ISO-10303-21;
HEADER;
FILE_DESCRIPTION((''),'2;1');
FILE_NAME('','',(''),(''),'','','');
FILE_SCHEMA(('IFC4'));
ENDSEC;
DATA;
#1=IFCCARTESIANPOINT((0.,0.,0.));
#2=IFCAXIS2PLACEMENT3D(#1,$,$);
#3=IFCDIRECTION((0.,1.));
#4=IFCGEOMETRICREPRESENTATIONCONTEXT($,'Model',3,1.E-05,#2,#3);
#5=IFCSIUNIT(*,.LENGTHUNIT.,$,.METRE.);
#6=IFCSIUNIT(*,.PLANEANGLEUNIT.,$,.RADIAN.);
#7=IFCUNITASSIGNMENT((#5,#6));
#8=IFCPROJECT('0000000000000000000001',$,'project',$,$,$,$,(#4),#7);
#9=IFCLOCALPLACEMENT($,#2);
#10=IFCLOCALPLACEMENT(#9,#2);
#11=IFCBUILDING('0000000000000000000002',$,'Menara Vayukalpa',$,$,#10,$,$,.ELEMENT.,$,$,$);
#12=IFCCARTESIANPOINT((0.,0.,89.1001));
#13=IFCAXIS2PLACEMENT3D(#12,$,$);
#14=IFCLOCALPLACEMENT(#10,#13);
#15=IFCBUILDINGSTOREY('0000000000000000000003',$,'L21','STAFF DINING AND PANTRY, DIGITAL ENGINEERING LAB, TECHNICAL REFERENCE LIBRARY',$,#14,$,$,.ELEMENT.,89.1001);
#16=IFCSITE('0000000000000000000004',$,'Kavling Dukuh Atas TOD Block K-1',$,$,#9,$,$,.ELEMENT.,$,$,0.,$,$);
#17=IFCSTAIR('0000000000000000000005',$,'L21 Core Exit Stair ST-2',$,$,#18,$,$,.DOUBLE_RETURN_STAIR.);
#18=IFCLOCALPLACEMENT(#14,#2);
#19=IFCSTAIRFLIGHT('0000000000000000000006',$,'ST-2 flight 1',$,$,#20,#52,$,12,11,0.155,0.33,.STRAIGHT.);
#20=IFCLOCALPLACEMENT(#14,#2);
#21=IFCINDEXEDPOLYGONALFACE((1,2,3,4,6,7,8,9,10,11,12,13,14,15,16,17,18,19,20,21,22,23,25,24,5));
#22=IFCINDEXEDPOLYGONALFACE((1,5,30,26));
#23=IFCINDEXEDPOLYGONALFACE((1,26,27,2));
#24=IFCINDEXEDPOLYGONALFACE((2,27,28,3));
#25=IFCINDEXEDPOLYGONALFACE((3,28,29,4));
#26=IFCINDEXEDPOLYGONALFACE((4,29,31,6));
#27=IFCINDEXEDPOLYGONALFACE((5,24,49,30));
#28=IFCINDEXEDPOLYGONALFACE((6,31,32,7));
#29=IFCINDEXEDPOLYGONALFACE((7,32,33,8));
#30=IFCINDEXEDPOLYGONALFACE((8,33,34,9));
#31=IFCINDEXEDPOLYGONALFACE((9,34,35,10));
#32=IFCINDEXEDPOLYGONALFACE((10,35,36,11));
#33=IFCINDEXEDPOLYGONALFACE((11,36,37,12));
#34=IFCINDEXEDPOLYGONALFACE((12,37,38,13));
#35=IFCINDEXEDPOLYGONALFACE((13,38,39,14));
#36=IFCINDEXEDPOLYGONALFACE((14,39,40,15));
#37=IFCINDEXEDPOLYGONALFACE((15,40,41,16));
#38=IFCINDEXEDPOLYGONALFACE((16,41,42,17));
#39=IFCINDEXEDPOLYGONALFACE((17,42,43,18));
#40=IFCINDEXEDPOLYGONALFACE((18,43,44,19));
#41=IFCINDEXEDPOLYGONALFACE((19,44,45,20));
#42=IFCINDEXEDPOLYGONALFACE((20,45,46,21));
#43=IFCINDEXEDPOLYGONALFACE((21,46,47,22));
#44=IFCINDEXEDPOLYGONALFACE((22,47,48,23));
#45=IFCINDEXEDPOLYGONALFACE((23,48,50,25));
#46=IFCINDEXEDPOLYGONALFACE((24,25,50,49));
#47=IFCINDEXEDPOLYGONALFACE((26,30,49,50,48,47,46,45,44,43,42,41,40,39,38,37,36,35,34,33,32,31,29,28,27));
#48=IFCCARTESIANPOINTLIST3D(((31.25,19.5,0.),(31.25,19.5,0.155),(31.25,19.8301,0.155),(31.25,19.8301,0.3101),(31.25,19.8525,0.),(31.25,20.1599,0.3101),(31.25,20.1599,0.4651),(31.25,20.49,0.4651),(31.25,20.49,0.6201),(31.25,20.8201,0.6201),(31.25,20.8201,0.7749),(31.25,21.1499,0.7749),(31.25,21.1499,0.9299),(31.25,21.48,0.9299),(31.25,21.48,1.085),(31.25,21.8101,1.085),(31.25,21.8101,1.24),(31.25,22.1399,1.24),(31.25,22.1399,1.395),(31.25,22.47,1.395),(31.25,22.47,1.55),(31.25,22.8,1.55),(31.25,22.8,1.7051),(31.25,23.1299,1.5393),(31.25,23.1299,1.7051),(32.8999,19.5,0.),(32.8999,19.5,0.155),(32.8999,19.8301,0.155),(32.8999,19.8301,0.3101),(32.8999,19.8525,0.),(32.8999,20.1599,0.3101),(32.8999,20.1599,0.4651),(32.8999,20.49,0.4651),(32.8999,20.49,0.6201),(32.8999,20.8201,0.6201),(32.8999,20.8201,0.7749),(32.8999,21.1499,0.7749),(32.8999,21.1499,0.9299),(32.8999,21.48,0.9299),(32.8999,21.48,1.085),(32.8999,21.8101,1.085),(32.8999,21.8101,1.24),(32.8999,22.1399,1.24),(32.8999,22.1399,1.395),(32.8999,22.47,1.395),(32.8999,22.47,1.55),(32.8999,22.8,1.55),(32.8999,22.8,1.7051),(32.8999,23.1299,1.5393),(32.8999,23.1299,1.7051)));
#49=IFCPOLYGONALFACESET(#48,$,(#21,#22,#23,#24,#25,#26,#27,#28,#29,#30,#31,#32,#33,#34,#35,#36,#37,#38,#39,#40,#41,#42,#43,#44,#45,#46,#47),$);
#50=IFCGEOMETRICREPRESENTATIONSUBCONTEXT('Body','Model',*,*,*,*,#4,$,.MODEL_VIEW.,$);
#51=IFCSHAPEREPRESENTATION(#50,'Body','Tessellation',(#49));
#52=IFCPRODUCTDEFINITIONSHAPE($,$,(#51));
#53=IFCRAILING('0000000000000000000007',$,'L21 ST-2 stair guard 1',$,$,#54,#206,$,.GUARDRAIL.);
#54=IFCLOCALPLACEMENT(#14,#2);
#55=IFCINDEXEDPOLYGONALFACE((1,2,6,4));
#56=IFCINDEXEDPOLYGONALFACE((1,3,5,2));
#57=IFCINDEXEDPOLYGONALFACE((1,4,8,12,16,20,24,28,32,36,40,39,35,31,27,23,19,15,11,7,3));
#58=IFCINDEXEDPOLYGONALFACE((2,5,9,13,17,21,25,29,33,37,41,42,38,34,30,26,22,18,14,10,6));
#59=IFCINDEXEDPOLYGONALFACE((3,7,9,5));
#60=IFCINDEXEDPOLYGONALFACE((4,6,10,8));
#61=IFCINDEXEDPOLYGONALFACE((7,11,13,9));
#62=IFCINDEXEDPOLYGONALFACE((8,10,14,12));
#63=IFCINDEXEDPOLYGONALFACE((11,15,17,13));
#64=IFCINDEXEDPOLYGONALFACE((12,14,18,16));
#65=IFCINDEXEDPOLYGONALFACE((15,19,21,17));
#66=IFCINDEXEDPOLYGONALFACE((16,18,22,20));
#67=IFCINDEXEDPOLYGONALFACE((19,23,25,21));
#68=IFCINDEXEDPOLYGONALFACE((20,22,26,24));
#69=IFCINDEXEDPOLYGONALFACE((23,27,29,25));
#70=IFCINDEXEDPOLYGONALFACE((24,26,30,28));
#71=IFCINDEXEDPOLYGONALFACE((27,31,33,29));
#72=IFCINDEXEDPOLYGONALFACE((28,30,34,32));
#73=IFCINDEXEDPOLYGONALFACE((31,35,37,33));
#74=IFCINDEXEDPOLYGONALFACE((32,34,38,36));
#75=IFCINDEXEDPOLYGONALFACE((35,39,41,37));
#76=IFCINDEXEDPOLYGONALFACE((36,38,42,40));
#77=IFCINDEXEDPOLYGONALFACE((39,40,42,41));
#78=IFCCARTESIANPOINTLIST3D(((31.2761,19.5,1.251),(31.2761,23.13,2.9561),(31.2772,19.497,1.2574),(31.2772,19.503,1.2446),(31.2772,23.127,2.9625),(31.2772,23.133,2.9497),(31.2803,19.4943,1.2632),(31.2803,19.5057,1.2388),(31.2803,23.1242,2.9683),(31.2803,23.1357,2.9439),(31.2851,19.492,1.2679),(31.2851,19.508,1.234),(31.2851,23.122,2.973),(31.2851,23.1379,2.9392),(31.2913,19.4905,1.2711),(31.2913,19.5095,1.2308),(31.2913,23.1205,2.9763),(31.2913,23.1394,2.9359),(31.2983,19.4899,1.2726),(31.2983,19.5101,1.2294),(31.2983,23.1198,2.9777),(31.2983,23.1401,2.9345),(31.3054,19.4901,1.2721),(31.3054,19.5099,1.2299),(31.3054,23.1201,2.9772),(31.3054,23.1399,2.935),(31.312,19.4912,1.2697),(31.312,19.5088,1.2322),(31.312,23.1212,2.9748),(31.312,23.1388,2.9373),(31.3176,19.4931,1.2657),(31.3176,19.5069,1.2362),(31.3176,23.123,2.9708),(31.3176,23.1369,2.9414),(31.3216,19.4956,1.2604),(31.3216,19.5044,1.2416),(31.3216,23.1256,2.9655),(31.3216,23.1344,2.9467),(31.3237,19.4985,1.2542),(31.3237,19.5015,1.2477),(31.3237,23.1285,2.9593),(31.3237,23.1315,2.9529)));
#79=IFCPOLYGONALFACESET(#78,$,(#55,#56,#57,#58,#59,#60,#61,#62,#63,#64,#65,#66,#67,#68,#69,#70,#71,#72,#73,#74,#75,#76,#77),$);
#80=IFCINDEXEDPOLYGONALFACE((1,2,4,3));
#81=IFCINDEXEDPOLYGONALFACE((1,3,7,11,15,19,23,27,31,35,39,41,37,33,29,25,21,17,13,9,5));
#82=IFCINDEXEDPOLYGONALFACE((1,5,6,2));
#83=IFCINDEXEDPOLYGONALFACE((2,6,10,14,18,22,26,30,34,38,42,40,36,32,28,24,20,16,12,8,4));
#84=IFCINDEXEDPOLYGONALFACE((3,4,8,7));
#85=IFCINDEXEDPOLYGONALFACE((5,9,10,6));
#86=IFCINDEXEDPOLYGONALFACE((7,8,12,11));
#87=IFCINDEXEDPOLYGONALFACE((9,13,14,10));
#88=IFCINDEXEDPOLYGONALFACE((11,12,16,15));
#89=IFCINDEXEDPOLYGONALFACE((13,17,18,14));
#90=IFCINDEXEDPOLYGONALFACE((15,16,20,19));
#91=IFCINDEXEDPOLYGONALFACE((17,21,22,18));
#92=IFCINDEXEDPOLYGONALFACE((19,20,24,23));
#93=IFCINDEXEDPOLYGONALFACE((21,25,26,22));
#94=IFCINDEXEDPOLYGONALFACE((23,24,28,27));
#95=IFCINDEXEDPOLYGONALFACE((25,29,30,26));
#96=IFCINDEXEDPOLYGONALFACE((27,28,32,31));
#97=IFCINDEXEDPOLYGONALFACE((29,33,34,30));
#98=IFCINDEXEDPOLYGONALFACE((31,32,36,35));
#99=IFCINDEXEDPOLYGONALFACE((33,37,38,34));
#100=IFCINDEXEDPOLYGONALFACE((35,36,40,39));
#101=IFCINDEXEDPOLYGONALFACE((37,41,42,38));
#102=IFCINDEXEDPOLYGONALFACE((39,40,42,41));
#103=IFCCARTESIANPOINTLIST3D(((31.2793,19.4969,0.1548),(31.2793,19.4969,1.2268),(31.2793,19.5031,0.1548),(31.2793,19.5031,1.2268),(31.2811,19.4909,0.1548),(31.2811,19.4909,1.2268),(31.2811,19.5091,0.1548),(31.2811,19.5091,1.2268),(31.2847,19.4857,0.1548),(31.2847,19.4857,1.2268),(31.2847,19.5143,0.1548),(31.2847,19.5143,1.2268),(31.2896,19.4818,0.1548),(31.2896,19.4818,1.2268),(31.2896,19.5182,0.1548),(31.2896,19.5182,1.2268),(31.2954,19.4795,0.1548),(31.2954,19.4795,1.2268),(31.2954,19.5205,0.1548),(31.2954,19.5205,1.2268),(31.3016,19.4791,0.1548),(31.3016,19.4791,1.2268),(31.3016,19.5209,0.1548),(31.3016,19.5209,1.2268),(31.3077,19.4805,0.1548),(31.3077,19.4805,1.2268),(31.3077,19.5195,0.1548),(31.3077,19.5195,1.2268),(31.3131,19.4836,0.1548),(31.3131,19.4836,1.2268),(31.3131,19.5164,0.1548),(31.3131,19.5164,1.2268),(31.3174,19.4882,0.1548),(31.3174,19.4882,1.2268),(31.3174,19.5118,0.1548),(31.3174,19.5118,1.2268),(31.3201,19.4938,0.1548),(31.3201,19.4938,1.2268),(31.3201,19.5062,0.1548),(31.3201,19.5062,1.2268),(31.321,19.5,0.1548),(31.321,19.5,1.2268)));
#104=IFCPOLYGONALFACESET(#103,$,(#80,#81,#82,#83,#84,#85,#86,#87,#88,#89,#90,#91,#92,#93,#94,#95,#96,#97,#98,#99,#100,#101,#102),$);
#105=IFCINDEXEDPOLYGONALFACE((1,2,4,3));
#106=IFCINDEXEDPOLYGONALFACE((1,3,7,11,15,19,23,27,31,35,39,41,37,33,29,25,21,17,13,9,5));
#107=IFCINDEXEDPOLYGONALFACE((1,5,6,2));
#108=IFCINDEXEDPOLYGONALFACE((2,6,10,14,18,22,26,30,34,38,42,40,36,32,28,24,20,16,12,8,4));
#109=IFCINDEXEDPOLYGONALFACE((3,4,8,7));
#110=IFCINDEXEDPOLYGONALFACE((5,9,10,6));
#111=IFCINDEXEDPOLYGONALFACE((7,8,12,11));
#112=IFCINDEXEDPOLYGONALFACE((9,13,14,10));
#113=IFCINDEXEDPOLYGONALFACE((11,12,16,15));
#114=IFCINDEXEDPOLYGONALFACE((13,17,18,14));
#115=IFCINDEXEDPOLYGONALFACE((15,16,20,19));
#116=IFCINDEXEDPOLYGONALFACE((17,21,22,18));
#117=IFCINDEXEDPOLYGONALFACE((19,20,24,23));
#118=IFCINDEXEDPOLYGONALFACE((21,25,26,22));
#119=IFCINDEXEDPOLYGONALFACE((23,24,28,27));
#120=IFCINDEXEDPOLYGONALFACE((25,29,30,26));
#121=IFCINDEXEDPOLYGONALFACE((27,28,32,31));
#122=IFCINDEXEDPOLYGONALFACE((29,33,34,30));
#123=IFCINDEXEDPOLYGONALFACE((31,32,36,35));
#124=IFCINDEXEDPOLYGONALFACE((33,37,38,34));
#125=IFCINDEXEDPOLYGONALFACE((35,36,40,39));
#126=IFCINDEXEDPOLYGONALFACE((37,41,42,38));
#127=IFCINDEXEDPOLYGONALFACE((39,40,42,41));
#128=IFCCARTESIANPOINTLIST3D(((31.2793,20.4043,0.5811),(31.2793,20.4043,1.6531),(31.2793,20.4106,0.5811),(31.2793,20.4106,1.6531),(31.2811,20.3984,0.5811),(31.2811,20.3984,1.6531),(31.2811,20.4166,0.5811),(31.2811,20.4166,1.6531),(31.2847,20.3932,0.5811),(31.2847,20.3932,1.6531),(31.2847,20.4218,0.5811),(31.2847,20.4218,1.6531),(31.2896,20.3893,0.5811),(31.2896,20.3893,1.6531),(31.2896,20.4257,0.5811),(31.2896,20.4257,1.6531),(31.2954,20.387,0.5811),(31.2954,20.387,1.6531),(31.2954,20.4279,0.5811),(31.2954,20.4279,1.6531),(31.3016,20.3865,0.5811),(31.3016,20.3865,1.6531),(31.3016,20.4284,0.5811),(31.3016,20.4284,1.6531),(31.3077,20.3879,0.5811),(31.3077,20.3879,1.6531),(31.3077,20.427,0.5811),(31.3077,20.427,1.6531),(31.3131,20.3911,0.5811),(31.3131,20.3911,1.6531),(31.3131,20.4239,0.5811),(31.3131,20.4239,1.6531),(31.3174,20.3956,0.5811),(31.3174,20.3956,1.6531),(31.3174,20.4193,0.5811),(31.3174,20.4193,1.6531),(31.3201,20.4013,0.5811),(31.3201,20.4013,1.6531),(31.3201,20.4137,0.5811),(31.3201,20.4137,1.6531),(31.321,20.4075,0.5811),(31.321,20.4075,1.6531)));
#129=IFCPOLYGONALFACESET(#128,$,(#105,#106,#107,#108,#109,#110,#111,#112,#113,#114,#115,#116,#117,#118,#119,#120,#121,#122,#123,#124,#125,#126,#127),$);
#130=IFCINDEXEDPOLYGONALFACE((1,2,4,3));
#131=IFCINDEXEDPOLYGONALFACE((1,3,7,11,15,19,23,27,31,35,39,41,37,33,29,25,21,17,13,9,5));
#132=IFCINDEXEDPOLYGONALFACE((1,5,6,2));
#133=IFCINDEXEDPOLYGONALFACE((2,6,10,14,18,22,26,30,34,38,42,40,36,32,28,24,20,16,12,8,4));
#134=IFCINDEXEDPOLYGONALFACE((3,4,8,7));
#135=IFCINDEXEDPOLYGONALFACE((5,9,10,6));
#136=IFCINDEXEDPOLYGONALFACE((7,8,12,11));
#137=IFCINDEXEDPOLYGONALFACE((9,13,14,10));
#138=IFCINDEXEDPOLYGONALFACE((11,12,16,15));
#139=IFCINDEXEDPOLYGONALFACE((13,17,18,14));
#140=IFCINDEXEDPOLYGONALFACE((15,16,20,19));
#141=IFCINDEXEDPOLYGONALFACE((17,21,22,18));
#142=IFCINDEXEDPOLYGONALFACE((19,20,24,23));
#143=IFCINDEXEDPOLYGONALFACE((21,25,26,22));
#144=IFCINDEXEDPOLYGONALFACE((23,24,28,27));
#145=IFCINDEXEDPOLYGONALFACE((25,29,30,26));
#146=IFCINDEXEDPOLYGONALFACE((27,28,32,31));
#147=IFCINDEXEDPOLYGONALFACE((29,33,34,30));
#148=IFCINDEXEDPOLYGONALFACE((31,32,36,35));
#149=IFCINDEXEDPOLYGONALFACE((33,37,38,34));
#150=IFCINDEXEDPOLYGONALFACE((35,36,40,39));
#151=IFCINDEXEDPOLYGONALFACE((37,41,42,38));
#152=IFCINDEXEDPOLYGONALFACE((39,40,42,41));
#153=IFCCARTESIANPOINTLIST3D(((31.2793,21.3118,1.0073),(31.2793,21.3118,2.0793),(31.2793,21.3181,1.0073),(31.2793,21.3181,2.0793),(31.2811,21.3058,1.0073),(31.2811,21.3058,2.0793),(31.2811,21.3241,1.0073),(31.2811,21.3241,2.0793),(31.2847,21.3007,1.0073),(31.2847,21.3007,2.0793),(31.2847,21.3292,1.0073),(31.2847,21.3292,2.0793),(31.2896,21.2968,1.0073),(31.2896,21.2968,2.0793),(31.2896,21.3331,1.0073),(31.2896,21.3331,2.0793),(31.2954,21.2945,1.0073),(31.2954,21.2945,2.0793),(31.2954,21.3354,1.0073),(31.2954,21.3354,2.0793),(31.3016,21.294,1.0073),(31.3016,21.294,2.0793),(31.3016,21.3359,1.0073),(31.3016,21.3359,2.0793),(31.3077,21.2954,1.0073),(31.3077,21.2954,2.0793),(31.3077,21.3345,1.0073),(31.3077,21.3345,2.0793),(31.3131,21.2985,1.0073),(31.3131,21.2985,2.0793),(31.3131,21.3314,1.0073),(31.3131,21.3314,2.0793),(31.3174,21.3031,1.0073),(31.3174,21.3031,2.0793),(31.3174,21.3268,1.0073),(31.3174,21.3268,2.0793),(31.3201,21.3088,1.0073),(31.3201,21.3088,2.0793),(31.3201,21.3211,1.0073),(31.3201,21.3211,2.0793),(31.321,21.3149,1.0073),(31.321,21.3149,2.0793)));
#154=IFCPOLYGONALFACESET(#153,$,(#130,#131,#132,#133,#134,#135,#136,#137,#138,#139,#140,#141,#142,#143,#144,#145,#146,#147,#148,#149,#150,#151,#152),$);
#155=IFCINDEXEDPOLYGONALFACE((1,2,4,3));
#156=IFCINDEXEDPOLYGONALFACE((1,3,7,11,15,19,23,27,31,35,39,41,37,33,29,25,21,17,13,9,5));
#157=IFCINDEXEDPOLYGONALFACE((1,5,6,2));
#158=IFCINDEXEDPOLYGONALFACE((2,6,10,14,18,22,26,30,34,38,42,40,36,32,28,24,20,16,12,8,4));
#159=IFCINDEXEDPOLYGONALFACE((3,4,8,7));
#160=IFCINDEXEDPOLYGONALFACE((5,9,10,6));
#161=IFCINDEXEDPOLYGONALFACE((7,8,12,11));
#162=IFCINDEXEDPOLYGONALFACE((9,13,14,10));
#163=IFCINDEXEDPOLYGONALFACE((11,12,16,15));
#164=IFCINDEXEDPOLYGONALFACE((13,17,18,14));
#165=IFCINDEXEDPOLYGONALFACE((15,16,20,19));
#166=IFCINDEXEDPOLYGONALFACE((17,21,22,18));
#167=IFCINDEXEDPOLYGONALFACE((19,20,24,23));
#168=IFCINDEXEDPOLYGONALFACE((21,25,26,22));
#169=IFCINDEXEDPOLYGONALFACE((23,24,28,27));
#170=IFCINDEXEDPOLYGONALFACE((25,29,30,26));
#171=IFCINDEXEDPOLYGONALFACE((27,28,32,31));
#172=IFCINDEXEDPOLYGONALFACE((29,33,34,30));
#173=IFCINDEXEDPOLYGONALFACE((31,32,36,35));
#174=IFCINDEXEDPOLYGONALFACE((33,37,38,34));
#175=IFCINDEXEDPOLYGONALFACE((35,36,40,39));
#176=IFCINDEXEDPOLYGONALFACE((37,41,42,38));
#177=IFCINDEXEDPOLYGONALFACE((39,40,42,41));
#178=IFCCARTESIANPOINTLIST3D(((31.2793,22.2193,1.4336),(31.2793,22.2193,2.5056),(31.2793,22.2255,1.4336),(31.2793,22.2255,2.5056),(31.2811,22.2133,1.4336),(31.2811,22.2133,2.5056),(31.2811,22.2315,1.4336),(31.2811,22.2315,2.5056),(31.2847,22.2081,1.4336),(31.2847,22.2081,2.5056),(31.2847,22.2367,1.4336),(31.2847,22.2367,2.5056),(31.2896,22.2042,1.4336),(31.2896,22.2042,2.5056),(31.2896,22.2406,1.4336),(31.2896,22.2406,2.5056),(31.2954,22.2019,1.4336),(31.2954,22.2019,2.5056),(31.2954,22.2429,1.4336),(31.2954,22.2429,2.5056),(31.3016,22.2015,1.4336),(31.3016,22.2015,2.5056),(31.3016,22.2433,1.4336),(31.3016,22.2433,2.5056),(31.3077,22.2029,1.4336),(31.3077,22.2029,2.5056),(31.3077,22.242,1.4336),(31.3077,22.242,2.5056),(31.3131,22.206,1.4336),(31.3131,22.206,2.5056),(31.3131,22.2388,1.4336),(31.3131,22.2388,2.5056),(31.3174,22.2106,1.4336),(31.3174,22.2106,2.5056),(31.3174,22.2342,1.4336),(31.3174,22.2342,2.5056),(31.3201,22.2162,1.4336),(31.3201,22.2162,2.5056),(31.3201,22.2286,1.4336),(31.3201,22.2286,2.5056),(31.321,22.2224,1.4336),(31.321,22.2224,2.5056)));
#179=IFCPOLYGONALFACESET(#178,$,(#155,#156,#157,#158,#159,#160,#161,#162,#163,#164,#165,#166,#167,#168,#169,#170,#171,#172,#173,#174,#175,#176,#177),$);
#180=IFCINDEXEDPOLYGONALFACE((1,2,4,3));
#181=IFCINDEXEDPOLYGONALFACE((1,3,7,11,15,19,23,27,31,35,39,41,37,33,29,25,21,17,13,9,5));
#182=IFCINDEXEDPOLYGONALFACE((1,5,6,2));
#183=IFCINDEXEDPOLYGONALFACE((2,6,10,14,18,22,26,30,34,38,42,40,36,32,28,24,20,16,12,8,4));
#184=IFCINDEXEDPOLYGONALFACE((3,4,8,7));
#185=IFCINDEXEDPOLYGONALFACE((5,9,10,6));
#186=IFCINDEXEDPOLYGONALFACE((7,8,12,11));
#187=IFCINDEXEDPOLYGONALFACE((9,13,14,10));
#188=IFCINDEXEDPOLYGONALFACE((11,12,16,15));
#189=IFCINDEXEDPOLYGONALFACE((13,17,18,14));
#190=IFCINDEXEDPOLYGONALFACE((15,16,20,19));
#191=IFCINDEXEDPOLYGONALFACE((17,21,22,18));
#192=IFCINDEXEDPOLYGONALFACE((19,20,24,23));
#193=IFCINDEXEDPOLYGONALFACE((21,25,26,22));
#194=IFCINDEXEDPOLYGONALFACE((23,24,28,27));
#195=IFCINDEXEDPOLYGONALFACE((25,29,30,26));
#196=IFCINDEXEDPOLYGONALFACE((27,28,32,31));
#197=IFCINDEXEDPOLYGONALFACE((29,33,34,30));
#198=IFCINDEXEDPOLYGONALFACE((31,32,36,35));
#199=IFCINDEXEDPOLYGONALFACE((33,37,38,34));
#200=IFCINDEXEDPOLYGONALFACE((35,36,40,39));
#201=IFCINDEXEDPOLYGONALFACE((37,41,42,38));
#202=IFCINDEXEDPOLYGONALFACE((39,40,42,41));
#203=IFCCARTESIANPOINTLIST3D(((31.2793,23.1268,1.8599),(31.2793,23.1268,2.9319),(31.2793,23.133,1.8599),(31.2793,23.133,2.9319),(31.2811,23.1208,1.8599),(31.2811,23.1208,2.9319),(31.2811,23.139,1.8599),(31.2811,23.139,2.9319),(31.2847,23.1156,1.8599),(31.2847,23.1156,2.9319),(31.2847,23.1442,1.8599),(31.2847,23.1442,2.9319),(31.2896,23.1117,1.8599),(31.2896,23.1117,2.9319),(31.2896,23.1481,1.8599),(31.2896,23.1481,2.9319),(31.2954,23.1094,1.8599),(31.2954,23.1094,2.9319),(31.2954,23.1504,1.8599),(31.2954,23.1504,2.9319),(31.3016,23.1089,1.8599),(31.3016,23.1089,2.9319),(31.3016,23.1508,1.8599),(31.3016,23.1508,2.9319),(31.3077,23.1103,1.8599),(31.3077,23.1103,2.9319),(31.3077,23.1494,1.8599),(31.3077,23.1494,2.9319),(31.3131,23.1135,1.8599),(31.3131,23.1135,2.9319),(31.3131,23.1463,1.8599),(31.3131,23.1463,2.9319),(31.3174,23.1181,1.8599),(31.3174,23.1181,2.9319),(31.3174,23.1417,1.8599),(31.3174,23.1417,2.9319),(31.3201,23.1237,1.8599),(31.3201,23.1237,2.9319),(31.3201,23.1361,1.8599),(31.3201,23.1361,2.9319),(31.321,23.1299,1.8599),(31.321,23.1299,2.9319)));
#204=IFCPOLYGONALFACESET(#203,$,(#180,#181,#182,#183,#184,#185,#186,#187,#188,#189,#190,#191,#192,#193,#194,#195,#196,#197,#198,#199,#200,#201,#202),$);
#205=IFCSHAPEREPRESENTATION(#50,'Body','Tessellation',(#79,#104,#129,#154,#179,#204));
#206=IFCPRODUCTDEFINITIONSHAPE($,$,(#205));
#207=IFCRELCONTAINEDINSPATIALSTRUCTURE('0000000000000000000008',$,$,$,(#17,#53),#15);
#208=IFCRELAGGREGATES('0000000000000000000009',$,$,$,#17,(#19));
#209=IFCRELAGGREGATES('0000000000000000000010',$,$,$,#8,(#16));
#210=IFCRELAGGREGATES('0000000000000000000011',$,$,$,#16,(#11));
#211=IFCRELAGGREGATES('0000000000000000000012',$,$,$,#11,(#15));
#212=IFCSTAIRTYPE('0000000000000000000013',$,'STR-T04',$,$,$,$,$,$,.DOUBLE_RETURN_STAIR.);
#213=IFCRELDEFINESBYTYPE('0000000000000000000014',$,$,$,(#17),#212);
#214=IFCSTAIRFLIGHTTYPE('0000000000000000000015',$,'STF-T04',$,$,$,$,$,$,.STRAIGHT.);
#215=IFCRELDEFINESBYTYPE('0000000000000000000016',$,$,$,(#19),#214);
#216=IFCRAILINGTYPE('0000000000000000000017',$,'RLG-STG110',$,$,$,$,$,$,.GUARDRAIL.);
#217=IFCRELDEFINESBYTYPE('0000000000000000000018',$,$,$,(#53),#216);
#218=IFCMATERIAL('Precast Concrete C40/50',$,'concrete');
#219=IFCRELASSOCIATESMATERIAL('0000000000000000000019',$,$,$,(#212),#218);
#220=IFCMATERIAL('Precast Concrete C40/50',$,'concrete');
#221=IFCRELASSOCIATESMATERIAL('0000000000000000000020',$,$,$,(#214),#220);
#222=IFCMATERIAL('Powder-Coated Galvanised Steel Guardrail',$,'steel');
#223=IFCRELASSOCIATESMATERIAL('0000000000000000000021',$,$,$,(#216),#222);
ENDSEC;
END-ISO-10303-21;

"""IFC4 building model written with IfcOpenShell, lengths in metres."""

from ifc_helpers import new_model, si_unit, direction, frame, origin, origin_2d, place, context, subcontext, project, spatial, polyline, circle, outline, extrude, material, type_object, element, aggregate, save


model = new_model("IFC4")

# Units and contexts
model_context = context("Model", 3, precision=1e-05, world=origin(), true_north=direction((0.0, 1.0)))
body_context = subcontext(model_context, "Body", "Model", "MODEL_VIEW")
ifc_project = project(units=[si_unit("LENGTHUNIT", "METRE"), si_unit("PLANEANGLEUNIT", "RADIAN")], contexts=[model_context])

# Site, building, storey
site_placement = place(None, origin())
site = spatial("IfcSite", under=ifc_project, at=site_placement, Name="Kavling Dukuh Atas TOD Block K-1", CompositionType="ELEMENT", RefElevation=0.0)
building_placement = place(site_placement, origin())
building = spatial("IfcBuilding", under=site, at=building_placement, Name="Menara Vayukalpa", CompositionType="ELEMENT")
storey_placement = place(building_placement, frame((0.0, 0.0, 89.1001)))
storey = spatial("IfcBuildingStorey", under=building, at=storey_placement, Name="L21", Description="STAFF DINING AND PANTRY, DIGITAL ENGINEERING LAB, TECHNICAL REFERENCE LIBRARY", CompositionType="ELEMENT", Elevation=89.1001)

# Stair, stair flight
ifc_material_1 = material(Name="Precast Concrete C40/50", Category="concrete")
stair_type = type_object("IfcStairType", Name="STR-T04", PredefinedType="DOUBLE_RETURN_STAIR", material=ifc_material_1)
stair_placement = place(storey_placement, origin())
stair = element("IfcStair", 1, at=stair_placement, inside=storey, type_object=stair_type, Name="L21 Core Exit Stair ST-2", PredefinedType="DOUBLE_RETURN_STAIR")
ifc_material_2 = material(Name="Precast Concrete C40/50", Category="concrete")
stair_flight_type = type_object("IfcStairFlightType", Name="STF-T04", PredefinedType="STRAIGHT", material=ifc_material_2)
stair_flight_placement = place(storey_placement, frame((32.075, 19.5, 0.0), z_axis=(0.0, 0.0, 1.0), x_axis=(0.0, 1.0, 0.0)))
stair_flight = element("IfcStairFlight", 2, at=stair_flight_placement, type_object=stair_flight_type, Name="ST-2 flight 1", NumberOfRisers=12, NumberOfTreads=11, PredefinedType="STRAIGHT", RiserHeight=0.155, TreadLength=0.33, context=body_context, shape_type="SweptSolid", body=[
    extrude(outline(polyline([(0.0, 0.0), (0.0, 0.155), (0.3301, 0.155), (0.3301, 0.3101), (0.6599, 0.3101), (0.6599, 0.4651), (0.99, 0.4651), (0.99, 0.6201), (1.3201, 0.6201), (1.3201, 0.7749), (1.6499, 0.7749), (1.6499, 0.9299), (1.98, 0.9299), (1.98, 1.085), (2.3101, 1.085), (2.3101, 1.24), (2.6399, 1.24), (2.6399, 1.395), (2.97, 1.395), (2.97, 1.55), (3.3, 1.55), (3.3, 1.7051), (3.6299, 1.7051), (3.6299, 1.8601), (3.6299, 1.5393), (0.3525, 0.0), (0.0, 0.0)])), frame((0.0, 0.825, 0.0), z_axis=(0.0, -1.0, 0.0), x_axis=(1.0, 0.0, 0.0)), (0.0, 0.0, 1.0), 1.6499),
])
aggregate(stair, [stair_flight])

# Railing
ifc_material_3 = material(Name="Powder-Coated Galvanised Steel Guardrail", Category="steel")
railing_type_1 = type_object("IfcRailingType", Name="RLG-STG110", PredefinedType="GUARDRAIL", material=ifc_material_3)
railing_1_placement = place(storey_placement, frame((31.3, 19.5, 0.1548)))
element("IfcRailing", 3, at=railing_1_placement, inside=storey, type_object=railing_type_1, Name="L21 ST-2 stair guard 1", PredefinedType="GUARDRAIL", context=body_context, shape_type="SweptSolid", body=[
    extrude(circle(Radius=0.0239, at=origin_2d()), frame((0.0, 0.0, 1.0962), z_axis=(0.0, 0.905116, 0.425164), x_axis=(-1.0, 0.0, 0.0)), (0.0, 0.0, 1.0), 4.0105),
    extrude(circle(Radius=0.021, at=origin_2d()), origin(), (0.0, 0.0, 1.0), 1.072),
    extrude(circle(Radius=0.021, at=origin_2d()), frame((0.0, 0.9075, 0.4263)), (0.0, 0.0, 1.0), 1.072),
    extrude(circle(Radius=0.021, at=origin_2d()), frame((0.0, 1.8149, 0.8525)), (0.0, 0.0, 1.0), 1.072),
    extrude(circle(Radius=0.021, at=origin_2d()), frame((0.0, 2.7224, 1.2788)), (0.0, 0.0, 1.0), 1.072),
    extrude(circle(Radius=0.021, at=origin_2d()), frame((0.0, 3.6299, 1.7051)), (0.0, 0.0, 1.0), 1.072),
])

save(model, "model.ifc")
